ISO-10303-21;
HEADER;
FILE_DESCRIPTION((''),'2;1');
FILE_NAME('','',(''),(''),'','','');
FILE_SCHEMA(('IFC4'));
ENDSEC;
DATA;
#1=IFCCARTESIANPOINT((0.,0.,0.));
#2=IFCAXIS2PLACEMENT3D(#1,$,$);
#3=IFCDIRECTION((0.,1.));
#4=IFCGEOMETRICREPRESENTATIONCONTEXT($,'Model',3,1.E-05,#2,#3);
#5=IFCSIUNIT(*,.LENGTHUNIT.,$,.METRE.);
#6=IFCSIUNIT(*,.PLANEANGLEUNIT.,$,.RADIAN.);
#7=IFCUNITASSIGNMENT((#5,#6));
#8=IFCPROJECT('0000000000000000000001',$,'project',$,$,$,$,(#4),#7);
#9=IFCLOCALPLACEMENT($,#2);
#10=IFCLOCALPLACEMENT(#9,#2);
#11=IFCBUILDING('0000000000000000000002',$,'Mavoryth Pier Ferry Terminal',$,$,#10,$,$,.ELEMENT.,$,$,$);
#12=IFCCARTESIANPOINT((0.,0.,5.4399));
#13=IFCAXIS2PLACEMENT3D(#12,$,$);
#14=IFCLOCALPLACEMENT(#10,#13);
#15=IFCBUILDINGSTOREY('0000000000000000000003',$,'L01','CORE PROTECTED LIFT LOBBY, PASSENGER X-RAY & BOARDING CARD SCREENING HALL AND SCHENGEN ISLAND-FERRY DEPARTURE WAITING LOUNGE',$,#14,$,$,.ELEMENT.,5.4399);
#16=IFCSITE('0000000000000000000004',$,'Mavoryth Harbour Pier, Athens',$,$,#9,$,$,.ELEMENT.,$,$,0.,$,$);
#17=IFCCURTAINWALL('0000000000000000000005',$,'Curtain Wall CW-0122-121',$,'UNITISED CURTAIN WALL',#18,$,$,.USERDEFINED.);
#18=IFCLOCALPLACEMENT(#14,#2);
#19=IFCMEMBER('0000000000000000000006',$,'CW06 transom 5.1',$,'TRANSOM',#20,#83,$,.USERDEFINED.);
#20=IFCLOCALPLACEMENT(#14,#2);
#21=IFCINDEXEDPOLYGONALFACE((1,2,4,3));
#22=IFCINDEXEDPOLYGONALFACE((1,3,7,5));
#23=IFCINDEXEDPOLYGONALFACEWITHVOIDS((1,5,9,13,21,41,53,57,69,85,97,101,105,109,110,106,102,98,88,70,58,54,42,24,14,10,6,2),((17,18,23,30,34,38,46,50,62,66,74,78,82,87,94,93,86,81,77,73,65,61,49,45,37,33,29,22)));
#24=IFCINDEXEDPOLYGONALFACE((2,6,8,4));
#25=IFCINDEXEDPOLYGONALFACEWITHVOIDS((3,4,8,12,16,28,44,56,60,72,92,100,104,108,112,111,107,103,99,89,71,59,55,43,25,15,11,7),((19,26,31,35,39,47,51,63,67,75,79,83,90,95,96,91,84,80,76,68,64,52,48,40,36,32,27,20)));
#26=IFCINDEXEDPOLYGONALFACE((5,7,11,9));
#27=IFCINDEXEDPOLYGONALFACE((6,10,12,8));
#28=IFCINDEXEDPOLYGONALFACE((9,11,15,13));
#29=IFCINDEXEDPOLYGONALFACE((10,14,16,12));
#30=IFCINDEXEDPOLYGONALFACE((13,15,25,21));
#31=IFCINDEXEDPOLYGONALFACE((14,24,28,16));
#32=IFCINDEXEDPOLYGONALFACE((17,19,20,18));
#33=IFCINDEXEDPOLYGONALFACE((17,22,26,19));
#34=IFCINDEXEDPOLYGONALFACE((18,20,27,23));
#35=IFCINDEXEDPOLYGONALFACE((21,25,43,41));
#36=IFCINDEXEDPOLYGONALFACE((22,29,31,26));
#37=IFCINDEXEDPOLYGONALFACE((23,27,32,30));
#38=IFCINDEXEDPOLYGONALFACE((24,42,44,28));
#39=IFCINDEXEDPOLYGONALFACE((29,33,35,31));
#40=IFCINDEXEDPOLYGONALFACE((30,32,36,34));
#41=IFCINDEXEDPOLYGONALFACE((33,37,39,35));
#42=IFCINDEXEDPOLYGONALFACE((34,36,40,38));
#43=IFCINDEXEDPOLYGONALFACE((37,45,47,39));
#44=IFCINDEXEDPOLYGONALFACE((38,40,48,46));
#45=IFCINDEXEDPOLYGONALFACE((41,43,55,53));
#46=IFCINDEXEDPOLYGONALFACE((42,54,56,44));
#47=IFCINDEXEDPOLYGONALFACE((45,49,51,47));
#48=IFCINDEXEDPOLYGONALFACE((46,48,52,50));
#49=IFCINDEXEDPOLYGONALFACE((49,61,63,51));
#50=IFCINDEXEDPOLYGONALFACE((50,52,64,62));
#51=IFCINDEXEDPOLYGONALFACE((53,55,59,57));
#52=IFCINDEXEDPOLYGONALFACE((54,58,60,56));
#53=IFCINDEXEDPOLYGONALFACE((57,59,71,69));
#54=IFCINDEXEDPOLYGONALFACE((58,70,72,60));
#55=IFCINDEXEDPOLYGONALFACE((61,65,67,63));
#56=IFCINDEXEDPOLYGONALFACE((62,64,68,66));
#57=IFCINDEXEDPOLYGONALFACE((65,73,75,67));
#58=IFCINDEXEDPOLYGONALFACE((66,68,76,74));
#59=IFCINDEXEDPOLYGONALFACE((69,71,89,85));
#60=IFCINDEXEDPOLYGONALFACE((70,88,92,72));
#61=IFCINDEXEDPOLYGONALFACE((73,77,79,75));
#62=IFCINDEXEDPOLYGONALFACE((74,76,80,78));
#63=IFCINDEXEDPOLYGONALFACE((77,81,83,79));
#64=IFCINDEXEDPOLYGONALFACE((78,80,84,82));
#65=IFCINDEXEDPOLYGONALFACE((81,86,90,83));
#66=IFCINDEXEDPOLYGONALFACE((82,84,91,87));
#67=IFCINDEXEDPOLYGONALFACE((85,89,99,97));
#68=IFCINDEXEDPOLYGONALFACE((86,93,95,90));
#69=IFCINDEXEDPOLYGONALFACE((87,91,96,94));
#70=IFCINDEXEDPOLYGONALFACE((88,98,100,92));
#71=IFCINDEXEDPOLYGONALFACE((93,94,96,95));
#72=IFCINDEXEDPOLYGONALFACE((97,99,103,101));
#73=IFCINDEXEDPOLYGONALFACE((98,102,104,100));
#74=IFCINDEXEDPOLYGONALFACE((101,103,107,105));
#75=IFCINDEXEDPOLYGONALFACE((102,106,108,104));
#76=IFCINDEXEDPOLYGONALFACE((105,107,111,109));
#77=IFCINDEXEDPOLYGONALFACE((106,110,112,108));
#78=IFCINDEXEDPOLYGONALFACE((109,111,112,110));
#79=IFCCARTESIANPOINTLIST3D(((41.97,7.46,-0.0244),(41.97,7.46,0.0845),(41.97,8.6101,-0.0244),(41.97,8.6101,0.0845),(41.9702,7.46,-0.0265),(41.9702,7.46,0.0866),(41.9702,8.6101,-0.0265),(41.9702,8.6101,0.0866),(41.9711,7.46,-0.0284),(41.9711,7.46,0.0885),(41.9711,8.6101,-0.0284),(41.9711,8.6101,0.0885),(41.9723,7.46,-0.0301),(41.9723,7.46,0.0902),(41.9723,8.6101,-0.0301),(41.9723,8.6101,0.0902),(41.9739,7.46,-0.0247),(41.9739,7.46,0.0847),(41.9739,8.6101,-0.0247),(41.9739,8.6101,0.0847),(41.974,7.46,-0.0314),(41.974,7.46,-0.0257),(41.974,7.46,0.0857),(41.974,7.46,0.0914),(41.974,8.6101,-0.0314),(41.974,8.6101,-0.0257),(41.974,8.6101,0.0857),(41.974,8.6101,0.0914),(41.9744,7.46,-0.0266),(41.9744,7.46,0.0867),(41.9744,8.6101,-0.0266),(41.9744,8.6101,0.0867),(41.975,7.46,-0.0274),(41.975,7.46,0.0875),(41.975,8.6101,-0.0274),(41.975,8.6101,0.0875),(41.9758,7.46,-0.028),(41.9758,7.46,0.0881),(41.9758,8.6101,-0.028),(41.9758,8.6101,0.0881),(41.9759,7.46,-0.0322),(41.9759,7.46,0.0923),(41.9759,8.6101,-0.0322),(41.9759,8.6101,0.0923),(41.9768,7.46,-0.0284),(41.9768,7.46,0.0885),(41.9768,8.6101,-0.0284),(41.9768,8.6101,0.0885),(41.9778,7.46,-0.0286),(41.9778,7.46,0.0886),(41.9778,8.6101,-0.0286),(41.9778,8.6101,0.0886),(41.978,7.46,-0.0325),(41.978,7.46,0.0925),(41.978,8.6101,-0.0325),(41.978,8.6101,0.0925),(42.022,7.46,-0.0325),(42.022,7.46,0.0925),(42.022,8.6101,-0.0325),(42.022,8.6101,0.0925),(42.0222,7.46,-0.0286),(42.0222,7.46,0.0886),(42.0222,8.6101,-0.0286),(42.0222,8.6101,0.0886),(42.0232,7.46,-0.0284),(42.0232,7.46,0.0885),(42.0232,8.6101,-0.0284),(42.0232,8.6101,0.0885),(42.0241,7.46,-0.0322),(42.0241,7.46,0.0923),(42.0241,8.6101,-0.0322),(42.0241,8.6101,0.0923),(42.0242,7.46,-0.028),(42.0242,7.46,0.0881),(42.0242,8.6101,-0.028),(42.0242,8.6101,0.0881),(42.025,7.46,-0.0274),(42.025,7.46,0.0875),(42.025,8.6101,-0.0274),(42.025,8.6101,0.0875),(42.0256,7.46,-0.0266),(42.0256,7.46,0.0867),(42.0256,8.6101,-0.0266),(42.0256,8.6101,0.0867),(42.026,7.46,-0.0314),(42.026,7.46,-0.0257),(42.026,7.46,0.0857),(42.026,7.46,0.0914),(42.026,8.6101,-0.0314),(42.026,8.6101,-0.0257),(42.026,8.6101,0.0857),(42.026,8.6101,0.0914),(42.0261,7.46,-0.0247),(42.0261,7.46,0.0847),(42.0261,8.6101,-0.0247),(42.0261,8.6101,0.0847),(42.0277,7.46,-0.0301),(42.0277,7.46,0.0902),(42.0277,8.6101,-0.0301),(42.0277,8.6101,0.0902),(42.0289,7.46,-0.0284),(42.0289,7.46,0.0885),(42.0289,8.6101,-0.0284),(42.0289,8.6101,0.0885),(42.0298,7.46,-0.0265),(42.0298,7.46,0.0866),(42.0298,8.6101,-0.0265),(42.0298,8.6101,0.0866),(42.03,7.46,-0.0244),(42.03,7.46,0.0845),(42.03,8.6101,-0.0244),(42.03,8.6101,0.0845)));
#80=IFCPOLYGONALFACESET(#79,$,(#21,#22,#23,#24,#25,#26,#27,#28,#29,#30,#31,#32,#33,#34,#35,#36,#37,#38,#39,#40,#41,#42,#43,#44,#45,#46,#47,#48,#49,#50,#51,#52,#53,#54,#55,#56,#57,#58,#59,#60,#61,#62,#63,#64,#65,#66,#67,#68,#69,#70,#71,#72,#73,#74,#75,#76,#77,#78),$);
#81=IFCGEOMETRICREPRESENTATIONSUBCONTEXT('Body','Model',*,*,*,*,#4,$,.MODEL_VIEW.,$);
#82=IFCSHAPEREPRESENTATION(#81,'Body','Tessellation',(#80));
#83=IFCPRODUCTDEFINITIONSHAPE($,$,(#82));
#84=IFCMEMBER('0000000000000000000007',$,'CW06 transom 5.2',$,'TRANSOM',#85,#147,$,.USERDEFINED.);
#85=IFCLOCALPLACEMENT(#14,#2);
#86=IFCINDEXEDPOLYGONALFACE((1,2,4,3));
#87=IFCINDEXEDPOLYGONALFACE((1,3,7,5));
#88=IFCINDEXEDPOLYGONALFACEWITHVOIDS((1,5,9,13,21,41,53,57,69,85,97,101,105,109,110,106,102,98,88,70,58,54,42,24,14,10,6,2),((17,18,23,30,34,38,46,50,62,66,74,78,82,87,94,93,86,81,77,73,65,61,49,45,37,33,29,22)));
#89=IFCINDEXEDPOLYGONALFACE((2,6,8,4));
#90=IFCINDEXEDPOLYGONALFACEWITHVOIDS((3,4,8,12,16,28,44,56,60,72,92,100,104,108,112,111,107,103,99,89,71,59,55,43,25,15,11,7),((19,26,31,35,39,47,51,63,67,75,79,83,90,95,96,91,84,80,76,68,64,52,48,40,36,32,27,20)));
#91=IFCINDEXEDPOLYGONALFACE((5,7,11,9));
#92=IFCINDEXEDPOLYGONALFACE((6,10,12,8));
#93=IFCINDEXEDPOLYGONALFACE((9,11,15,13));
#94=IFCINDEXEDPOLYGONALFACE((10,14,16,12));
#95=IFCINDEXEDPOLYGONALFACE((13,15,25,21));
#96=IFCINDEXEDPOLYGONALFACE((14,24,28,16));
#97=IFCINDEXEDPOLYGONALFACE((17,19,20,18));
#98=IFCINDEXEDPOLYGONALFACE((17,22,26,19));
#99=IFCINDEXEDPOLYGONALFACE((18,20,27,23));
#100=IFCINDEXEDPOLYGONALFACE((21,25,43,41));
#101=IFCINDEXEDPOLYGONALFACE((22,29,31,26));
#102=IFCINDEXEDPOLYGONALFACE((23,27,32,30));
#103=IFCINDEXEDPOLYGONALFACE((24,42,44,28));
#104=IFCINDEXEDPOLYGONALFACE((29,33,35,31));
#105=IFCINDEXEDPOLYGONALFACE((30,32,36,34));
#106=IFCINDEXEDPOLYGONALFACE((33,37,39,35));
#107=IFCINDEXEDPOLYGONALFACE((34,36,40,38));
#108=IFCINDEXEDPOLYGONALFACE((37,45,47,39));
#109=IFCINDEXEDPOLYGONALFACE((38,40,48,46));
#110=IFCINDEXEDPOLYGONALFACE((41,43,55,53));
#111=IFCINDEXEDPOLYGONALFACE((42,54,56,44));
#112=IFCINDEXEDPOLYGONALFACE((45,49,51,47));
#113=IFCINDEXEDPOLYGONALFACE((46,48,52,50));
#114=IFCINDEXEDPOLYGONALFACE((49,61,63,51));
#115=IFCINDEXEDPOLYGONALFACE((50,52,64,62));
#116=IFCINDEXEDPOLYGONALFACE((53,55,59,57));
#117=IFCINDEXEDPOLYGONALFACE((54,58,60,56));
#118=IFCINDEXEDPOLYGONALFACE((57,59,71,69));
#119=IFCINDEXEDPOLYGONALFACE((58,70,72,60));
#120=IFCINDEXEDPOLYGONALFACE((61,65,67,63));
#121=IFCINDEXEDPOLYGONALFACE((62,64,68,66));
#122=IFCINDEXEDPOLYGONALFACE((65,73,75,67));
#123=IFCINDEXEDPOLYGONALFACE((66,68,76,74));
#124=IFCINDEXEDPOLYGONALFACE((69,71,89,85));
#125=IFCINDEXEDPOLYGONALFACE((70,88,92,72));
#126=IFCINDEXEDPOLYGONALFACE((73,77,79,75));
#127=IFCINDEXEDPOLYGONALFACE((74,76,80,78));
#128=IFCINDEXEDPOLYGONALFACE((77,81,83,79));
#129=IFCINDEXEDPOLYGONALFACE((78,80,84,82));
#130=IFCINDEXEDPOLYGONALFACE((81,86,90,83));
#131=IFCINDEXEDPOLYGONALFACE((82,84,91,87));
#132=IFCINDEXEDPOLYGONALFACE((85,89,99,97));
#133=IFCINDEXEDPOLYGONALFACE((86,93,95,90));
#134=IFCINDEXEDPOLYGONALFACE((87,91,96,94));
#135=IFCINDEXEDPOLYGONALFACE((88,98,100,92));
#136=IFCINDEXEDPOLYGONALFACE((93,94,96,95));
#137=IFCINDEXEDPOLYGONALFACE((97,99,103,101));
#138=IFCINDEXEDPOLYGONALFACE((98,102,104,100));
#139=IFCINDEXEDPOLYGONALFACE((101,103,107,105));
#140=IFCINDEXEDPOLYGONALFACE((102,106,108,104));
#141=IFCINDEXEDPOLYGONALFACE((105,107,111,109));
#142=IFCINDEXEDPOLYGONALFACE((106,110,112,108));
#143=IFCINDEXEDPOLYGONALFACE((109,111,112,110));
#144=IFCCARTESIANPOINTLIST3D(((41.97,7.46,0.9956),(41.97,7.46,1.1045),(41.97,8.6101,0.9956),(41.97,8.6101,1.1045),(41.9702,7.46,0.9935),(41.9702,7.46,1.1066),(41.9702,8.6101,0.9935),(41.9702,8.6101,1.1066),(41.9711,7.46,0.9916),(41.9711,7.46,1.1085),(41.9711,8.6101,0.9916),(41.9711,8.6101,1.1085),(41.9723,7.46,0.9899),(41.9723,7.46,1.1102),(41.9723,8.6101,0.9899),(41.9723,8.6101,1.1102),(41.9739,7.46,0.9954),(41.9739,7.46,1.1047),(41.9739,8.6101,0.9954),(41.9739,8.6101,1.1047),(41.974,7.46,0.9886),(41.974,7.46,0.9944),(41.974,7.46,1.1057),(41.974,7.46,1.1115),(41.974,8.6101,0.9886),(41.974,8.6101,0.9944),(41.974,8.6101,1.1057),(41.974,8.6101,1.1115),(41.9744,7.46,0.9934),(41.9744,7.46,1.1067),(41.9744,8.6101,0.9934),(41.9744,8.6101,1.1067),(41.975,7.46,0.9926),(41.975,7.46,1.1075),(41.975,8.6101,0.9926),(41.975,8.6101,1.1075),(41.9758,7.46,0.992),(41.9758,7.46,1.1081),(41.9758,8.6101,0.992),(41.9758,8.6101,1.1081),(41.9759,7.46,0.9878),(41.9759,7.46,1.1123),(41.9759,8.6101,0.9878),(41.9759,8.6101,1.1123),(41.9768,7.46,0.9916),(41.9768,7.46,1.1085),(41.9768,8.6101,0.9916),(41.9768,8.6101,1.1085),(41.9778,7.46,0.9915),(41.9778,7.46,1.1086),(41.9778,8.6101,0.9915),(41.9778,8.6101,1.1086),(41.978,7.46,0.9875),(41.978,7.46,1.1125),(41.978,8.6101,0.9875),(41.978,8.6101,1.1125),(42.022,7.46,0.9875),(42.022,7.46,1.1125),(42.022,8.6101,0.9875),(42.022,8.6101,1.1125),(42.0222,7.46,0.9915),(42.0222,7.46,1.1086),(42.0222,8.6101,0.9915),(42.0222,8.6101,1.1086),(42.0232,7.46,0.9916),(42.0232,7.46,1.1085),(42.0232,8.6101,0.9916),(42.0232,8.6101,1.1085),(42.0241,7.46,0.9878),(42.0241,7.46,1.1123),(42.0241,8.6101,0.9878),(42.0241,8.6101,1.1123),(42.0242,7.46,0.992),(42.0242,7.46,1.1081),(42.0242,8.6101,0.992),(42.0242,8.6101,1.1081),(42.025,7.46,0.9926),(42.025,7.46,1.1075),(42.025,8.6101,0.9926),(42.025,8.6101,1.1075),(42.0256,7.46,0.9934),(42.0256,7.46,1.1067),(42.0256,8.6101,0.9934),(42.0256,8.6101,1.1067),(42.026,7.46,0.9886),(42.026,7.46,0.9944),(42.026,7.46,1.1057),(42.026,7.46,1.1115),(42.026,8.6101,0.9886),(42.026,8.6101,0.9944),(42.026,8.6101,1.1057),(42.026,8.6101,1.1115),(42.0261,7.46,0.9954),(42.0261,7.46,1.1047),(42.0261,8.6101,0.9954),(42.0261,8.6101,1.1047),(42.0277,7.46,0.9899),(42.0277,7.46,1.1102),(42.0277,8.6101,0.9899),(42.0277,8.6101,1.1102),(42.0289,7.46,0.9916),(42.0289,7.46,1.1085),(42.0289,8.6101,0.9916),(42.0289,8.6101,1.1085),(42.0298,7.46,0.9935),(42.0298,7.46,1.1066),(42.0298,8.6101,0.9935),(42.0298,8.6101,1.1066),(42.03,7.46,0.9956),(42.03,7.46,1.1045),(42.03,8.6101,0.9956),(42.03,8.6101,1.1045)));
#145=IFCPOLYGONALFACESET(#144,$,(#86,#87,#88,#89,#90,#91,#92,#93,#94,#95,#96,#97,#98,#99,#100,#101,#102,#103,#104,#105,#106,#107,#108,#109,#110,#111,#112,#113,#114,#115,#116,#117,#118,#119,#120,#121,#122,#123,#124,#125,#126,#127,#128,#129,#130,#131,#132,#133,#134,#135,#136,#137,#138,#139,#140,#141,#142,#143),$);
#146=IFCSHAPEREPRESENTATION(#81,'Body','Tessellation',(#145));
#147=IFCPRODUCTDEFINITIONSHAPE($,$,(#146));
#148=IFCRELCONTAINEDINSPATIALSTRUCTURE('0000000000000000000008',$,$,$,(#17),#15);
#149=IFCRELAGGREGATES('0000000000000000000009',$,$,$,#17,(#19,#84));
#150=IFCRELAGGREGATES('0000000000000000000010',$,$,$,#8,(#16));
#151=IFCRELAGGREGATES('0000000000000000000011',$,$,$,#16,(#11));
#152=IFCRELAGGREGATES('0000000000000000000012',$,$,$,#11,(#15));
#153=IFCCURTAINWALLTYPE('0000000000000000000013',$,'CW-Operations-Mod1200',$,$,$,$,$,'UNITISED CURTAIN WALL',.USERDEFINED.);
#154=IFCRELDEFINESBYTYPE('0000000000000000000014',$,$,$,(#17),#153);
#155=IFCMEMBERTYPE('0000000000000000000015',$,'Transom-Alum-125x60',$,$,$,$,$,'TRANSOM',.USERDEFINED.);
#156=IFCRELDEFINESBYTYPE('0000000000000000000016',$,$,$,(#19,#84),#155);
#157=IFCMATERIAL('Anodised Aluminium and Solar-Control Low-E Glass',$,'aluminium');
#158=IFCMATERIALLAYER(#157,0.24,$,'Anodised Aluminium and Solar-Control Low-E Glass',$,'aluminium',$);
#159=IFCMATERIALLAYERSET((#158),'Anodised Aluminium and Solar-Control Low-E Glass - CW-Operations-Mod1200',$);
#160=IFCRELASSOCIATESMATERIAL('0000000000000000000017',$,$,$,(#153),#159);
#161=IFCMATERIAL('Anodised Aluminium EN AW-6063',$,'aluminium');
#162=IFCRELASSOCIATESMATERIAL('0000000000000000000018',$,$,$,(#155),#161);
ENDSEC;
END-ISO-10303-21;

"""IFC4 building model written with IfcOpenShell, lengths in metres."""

from ifc_helpers import new_model, si_unit, direction, frame, origin, origin_2d, place, context, subcontext, project, spatial, hollow_rectangle, extrude, material, layer, layer_set, material_profile, profile_set, type_object, element, aggregate, save


model = new_model("IFC4")

# Units and contexts
model_context = context("Model", 3, precision=1e-05, world=origin(), true_north=direction((0.0, 1.0)))
body_context = subcontext(model_context, "Body", "Model", "MODEL_VIEW")
ifc_project = project(units=[si_unit("LENGTHUNIT", "METRE"), si_unit("PLANEANGLEUNIT", "RADIAN")], contexts=[model_context])

# Site, building, storey
site_placement = place(None, origin())
site = spatial("IfcSite", under=ifc_project, at=site_placement, Name="Mavoryth Harbour Pier, Athens", CompositionType="ELEMENT", RefElevation=0.0)
building_placement = place(site_placement, origin())
building = spatial("IfcBuilding", under=site, at=building_placement, Name="Mavoryth Pier Ferry Terminal", CompositionType="ELEMENT")
storey_placement = place(building_placement, frame((0.0, 0.0, 5.4399)))
storey = spatial("IfcBuildingStorey", under=building, at=storey_placement, Name="L01", Description="CORE PROTECTED LIFT LOBBY, PASSENGER X-RAY & BOARDING CARD SCREENING HALL AND SCHENGEN ISLAND-FERRY DEPARTURE WAITING LOUNGE", CompositionType="ELEMENT", Elevation=5.4399)

# Curtain wall
ifc_material_1 = material(Name="Anodised Aluminium and Solar-Control Low-E Glass", Category="aluminium")
ifc_layer_1 = layer(ifc_material_1, 0.24, Name="Anodised Aluminium and Solar-Control Low-E Glass", Category="aluminium")
ifc_layer_set_1 = layer_set([ifc_layer_1], Name="Anodised Aluminium and Solar-Control Low-E Glass - CW-Operations-Mod1200")
curtain_wall_type = type_object("IfcCurtainWallType", Name="CW-Operations-Mod1200", ElementType="UNITISED CURTAIN WALL", PredefinedType="USERDEFINED", material=ifc_layer_set_1)
ifc_material_2 = material(Name="Anodised Aluminium EN AW-6063", Category="aluminium")
curtain_wall_1_placement = place(storey_placement, origin())
curtain_wall_1 = element("IfcCurtainWall", 1, at=curtain_wall_1_placement, inside=storey, type_object=curtain_wall_type, Name="Curtain Wall CW-0122-121", ObjectType="UNITISED CURTAIN WALL", PredefinedType="USERDEFINED")

# Members
ifc_material_profile_1 = material_profile(ifc_material_2, hollow_rectangle(XDim=0.0601, YDim=0.125, WallThickness=0.0039, InnerFilletRadius=0.0039, OuterFilletRadius=0.0081, at=origin_2d()), Name="AL-TRAN 125x60x4", Category="aluminium")
ifc_profile_set_1 = profile_set([ifc_material_profile_1], Name="Anodised Aluminium EN AW-6063 - AL-TRAN 125x60x4")
member_type_1 = type_object("IfcMemberType", Name="Transom-Alum-125x60", ElementType="TRANSOM", PredefinedType="USERDEFINED", material=ifc_profile_set_1)
member_1_placement = place(storey_placement, frame((42.0, 8.6101, 0.03), z_axis=(0.0, -1.0, 0.0), x_axis=(1.0, 0.0, 0.0)))
member_1 = element("IfcMember", 2, at=member_1_placement, type_object=member_type_1, Name="CW06 transom 5.1", ObjectType="TRANSOM", PredefinedType="USERDEFINED", context=body_context, shape_type="SweptSolid", body=[
    extrude(hollow_rectangle(XDim=0.0601, YDim=0.125, WallThickness=0.0039, InnerFilletRadius=0.0039, OuterFilletRadius=0.0081, at=origin_2d()), origin(), (0.0, 0.0, 1.0), 1.1501),
])
member_2_placement = place(storey_placement, frame((42.0, 8.6101, 1.05), z_axis=(0.0, -1.0, 0.0), x_axis=(1.0, 0.0, 0.0)))
member_2 = element("IfcMember", 3, at=member_2_placement, type_object=member_type_1, Name="CW06 transom 5.2", ObjectType="TRANSOM", PredefinedType="USERDEFINED", context=body_context, shape_type="SweptSolid", body=[
    extrude(hollow_rectangle(XDim=0.0601, YDim=0.125, WallThickness=0.0039, InnerFilletRadius=0.0039, OuterFilletRadius=0.0081, at=origin_2d()), origin(), (0.0, 0.0, 1.0), 1.1501),
])

aggregate(curtain_wall_1, [member_1, member_2])

save(model, "model.ifc")
